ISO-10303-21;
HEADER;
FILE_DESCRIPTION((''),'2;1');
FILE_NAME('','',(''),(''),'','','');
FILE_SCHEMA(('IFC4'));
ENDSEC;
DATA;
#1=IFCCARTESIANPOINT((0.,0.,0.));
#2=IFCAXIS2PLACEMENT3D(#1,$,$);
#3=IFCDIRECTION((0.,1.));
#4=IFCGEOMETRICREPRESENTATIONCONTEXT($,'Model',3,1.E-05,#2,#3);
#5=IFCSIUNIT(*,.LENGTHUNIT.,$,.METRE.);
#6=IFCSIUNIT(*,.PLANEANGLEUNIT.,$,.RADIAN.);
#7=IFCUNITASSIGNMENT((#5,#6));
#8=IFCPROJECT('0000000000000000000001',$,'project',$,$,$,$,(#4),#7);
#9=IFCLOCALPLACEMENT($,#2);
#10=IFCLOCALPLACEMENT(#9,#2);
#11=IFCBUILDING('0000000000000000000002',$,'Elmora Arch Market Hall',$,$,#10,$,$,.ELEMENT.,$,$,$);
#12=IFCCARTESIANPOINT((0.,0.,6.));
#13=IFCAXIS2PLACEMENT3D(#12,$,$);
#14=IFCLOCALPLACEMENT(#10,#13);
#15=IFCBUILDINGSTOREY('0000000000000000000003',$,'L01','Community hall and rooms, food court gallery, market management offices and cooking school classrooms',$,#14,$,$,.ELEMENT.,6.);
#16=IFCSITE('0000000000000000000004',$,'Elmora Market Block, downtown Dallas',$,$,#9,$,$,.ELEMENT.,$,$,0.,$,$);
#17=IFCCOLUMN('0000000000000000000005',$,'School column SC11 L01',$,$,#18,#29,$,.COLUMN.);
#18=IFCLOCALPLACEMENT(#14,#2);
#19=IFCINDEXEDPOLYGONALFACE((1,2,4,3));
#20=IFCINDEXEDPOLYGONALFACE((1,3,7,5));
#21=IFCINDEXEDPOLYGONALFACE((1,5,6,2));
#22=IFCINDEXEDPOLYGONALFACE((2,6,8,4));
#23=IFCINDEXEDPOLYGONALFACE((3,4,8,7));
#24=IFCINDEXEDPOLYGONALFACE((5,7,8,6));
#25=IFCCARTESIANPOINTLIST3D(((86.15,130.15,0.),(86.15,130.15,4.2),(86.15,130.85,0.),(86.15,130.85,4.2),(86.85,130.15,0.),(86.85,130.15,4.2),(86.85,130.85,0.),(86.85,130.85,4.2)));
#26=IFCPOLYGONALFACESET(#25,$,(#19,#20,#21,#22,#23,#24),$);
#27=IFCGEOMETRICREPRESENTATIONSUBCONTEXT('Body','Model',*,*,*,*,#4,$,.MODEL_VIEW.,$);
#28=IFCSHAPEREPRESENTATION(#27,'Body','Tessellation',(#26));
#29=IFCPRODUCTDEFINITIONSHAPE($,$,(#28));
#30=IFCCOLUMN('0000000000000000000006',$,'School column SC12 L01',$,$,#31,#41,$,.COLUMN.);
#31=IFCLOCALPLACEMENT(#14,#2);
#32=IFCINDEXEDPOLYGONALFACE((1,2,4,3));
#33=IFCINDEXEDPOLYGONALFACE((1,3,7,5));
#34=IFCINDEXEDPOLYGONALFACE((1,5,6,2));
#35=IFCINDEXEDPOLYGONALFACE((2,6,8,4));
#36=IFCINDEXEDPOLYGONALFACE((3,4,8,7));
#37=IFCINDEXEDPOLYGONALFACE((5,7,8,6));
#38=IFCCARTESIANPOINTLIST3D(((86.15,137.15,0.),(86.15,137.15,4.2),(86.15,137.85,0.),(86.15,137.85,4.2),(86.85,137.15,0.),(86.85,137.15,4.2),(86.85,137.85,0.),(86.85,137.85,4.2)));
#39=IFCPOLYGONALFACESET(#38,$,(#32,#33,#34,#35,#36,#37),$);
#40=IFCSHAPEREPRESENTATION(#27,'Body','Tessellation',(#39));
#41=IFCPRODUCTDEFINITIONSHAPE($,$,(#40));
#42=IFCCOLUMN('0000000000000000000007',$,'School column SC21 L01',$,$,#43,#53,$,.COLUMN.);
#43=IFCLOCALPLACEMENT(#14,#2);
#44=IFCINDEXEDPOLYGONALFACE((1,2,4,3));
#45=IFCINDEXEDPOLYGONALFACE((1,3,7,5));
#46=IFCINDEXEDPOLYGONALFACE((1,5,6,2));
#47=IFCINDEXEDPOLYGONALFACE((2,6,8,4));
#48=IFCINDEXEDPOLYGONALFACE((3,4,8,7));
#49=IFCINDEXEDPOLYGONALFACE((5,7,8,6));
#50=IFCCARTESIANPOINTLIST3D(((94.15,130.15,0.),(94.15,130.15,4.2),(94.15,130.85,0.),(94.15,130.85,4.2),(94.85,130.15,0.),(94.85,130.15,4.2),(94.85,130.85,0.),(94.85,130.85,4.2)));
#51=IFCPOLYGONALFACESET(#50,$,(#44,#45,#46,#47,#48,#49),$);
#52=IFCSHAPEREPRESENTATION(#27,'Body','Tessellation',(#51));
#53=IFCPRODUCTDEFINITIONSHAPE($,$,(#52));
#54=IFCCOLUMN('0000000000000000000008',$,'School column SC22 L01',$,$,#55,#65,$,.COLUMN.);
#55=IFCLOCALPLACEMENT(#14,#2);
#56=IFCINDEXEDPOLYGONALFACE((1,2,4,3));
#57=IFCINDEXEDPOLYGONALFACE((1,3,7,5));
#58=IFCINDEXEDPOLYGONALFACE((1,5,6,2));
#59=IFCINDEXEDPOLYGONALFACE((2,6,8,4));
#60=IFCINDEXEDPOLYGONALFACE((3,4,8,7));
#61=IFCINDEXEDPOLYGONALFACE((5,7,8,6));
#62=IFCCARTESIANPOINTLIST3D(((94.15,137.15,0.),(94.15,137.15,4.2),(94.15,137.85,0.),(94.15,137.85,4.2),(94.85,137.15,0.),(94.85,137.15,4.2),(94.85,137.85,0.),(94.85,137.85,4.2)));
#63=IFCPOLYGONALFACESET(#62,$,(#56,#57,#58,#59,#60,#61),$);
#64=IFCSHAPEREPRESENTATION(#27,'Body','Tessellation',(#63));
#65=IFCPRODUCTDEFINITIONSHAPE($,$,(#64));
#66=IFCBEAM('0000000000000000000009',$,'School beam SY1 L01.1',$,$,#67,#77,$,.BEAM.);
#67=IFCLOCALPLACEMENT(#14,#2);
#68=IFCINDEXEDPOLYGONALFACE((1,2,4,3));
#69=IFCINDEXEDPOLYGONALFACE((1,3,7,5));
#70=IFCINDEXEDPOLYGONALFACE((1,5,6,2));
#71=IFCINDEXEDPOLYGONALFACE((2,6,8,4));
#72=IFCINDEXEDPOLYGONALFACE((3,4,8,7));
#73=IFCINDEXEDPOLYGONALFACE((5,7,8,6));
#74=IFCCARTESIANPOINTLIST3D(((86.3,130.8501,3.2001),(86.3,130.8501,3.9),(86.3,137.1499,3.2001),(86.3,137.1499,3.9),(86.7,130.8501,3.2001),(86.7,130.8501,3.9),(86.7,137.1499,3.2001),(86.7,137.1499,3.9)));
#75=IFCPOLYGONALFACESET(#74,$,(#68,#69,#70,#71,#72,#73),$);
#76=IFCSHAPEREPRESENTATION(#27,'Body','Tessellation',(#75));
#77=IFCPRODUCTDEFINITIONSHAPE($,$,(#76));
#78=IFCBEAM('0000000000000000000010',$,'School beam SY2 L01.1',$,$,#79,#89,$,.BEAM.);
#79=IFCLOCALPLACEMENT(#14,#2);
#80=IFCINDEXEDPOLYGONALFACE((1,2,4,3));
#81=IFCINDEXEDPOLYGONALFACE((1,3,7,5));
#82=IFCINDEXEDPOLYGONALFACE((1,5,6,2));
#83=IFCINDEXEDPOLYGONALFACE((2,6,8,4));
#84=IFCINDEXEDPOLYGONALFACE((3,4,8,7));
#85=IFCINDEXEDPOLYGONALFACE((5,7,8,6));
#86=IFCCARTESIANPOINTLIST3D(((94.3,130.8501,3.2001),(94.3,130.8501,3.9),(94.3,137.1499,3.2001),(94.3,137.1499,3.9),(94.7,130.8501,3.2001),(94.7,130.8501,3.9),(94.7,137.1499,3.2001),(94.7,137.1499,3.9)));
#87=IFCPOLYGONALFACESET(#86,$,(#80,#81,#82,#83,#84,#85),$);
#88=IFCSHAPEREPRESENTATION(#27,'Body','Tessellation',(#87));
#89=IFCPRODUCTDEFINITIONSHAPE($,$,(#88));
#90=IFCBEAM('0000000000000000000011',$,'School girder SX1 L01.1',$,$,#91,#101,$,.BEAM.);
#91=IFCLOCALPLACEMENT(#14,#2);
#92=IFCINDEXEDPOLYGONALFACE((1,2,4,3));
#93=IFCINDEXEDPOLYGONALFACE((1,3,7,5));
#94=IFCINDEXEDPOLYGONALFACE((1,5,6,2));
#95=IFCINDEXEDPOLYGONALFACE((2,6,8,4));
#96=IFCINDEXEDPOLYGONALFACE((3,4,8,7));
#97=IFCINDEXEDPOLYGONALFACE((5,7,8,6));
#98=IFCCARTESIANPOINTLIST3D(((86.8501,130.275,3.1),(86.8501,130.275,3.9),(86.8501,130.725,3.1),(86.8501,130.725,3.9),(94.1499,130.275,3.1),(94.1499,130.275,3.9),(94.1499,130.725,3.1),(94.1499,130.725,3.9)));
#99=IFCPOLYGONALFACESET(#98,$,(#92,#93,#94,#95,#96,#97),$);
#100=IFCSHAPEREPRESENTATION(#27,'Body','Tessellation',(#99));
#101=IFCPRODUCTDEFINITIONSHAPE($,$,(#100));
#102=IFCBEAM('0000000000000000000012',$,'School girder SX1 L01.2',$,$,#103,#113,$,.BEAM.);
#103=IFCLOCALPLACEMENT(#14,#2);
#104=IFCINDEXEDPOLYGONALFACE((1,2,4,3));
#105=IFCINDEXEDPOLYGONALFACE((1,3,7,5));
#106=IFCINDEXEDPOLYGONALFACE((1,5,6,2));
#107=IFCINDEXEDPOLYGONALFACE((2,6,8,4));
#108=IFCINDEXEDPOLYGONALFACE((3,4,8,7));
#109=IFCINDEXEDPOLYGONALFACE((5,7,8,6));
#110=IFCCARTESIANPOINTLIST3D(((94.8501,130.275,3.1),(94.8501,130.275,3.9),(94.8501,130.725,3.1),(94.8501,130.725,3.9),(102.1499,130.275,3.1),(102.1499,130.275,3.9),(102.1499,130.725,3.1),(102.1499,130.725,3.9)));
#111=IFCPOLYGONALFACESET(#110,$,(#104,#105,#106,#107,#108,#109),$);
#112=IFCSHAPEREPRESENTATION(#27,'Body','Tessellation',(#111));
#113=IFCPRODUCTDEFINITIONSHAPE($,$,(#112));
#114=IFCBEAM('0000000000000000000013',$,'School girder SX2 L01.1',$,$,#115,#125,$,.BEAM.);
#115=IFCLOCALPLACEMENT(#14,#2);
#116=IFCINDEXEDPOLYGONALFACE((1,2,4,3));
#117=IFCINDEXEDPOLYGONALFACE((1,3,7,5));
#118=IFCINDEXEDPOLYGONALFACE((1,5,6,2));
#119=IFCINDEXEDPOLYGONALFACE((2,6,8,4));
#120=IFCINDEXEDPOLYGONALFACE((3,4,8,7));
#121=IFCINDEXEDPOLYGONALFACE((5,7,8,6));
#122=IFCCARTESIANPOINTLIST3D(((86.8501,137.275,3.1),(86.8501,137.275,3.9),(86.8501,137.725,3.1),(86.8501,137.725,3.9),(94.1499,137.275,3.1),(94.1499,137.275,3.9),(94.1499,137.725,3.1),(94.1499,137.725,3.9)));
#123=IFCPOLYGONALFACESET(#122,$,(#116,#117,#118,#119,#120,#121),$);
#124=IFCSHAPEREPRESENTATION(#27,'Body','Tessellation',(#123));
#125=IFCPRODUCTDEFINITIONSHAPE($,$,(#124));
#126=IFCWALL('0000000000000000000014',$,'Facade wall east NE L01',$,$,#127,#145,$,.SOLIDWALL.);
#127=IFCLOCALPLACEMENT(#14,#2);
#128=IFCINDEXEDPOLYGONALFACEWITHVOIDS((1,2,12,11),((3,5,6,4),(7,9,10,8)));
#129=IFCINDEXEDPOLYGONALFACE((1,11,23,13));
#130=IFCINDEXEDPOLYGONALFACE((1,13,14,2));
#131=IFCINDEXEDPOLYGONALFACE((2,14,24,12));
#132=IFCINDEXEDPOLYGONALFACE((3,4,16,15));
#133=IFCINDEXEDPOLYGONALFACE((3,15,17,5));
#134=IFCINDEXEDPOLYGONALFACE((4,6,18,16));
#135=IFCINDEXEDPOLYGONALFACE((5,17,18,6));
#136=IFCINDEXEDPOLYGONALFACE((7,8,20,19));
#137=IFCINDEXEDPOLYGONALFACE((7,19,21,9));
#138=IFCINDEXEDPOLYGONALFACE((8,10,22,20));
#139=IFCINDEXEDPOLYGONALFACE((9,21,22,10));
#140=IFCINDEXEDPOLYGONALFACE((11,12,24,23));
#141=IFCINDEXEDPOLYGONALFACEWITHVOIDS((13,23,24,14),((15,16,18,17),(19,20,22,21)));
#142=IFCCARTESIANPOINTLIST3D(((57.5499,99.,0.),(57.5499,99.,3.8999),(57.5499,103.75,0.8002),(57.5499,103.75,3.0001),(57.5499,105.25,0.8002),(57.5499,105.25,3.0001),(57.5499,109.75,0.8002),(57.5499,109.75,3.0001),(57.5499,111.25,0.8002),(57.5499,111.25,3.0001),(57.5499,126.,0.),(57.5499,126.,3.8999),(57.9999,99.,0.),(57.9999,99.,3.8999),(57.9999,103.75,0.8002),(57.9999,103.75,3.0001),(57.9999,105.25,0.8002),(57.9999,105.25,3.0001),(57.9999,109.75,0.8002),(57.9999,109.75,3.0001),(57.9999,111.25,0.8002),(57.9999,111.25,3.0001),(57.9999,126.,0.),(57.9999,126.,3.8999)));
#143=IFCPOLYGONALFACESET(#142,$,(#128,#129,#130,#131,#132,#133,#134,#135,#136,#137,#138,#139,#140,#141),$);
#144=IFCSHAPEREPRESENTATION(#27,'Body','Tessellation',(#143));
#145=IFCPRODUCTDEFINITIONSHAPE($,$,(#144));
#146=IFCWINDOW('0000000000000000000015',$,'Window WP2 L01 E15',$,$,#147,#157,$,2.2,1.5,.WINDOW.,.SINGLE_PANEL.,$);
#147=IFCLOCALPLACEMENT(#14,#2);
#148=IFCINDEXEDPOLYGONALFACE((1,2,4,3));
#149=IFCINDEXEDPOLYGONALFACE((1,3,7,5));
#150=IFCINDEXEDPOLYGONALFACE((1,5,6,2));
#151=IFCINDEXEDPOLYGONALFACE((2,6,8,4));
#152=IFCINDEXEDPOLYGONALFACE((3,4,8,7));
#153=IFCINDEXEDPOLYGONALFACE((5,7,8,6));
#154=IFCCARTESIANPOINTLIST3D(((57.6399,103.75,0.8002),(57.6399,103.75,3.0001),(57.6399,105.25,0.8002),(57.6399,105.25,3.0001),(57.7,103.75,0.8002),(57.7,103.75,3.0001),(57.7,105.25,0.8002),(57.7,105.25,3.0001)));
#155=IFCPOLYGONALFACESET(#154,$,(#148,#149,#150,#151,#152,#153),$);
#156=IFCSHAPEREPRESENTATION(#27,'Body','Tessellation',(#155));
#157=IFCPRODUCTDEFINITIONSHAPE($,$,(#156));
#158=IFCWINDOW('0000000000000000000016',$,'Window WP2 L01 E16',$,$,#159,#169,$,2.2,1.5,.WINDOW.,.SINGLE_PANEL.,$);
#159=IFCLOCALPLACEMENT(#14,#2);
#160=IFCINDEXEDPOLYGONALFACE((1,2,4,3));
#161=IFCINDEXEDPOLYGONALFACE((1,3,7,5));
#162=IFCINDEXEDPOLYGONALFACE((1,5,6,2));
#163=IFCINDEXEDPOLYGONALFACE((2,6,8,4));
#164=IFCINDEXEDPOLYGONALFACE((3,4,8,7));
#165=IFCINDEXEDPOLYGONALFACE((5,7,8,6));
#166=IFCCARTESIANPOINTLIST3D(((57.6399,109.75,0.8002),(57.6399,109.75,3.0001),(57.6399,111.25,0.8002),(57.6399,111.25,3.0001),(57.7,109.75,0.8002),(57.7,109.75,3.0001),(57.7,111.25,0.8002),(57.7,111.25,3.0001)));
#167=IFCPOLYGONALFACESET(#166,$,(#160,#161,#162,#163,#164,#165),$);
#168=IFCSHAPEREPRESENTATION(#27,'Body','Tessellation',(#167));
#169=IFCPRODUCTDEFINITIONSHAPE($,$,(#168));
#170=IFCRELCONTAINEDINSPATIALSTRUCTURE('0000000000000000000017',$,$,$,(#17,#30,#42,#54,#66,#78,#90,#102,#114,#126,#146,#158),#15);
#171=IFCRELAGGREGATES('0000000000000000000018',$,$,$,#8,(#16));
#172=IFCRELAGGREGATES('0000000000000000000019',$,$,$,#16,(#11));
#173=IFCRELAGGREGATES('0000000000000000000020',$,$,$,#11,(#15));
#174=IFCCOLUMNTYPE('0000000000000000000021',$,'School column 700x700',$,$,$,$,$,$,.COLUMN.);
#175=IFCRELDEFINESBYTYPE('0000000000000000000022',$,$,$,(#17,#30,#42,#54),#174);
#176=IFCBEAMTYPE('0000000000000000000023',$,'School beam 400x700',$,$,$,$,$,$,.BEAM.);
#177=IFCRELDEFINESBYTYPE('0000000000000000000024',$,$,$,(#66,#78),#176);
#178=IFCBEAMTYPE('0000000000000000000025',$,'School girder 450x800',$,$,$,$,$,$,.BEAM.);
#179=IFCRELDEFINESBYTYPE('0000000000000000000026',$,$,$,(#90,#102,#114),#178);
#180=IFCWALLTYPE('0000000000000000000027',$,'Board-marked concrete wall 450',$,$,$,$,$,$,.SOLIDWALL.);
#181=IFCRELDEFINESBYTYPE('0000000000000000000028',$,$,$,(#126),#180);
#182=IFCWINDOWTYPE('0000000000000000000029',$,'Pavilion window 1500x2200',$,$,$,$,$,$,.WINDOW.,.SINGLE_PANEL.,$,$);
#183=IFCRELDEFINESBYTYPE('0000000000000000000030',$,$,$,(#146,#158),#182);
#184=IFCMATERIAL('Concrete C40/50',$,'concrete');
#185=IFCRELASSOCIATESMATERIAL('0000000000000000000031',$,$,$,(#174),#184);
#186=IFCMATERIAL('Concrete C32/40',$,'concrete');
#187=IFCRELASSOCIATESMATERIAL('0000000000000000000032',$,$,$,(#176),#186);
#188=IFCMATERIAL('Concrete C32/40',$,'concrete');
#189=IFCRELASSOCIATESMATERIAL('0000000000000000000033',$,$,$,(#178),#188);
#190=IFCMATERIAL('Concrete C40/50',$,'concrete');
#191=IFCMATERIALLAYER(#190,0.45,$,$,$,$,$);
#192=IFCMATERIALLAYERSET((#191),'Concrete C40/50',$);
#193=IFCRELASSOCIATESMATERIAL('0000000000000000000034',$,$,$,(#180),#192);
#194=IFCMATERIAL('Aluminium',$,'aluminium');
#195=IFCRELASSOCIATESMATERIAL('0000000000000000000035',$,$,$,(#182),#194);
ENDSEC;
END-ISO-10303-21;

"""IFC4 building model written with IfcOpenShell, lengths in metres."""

from ifc_helpers import new_model, si_unit, direction, frame, frame_2d, origin, origin_2d, place, context, subcontext, project, spatial, rectangle, extrude, material, layer, layer_set, material_profile, profile_set, type_object, element, fill, save


model = new_model("IFC4")

# Units and contexts
model_context = context("Model", 3, precision=1e-05, world=origin(), true_north=direction((0.0, 1.0)))
body_context = subcontext(model_context, "Body", "Model", "MODEL_VIEW")
ifc_project = project(units=[si_unit("LENGTHUNIT", "METRE"), si_unit("PLANEANGLEUNIT", "RADIAN")], contexts=[model_context])

# Site, building, storey
site_placement = place(None, origin())
site = spatial("IfcSite", under=ifc_project, at=site_placement, Name="Elmora Market Block, downtown Dallas", CompositionType="ELEMENT", RefElevation=0.0)
building_placement = place(site_placement, origin())
building = spatial("IfcBuilding", under=site, at=building_placement, Name="Elmora Arch Market Hall", CompositionType="ELEMENT")
storey_placement = place(building_placement, frame((0.0, 0.0, 6.0)))
storey = spatial("IfcBuildingStorey", under=building, at=storey_placement, Name="L01", Description="Community hall and rooms, food court gallery, market management offices and cooking school classrooms", CompositionType="ELEMENT", Elevation=6.0)

# Columns
ifc_material_1 = material(Name="Concrete C40/50", Category="concrete")
ifc_material_profile_1 = material_profile(ifc_material_1, rectangle(XDim=0.7, YDim=0.7, at=origin_2d()), Name="School column 700x700")
ifc_profile_set_1 = profile_set([ifc_material_profile_1], Name="Concrete C40/50")
column_type = type_object("IfcColumnType", Name="School column 700x700", PredefinedType="COLUMN", material=ifc_profile_set_1)
for number, where, z_axis, x_axis, name in (
    (1, (86.5, 130.5, 0.0), (0.0, 0.0, 1.0), (1.0, 0.0, 0.0), "School column SC11 L01"),
    (2, (86.5, 137.5, 0.0), (0.0, 0.0, 1.0), (1.0, 0.0, 0.0), "School column SC12 L01"),
    (3, (94.5, 130.5, 0.0), (0.0, 0.0, 1.0), (1.0, 0.0, 0.0), "School column SC21 L01"),
    (4, (94.5, 137.5, 0.0), (0.0, 0.0, 1.0), (1.0, 0.0, 0.0), "School column SC22 L01"),
):
    element("IfcColumn", number, at=place(storey_placement, frame(where, z_axis=z_axis, x_axis=x_axis)), inside=storey, type_object=column_type, Name=name, PredefinedType="COLUMN", context=body_context, shape_type="SweptSolid", body=[
        extrude(rectangle(XDim=0.7, YDim=0.7, at=origin_2d()), origin(), (0.0, 0.0, 1.0), 4.2),
    ])

# Beams
ifc_material_2 = material(Name="Concrete C32/40", Category="concrete")
ifc_material_profile_2 = material_profile(ifc_material_2, rectangle(XDim=0.3999, YDim=0.7, at=origin_2d()), Name="School beam 400x700")
ifc_profile_set_2 = profile_set([ifc_material_profile_2], Name="Concrete C32/40")
beam_type_1 = type_object("IfcBeamType", Name="School beam 400x700", PredefinedType="BEAM", material=ifc_profile_set_2)
for number, where, z_axis, x_axis, name in (
    (5, (86.5, 130.8501, 3.55), (0.0, 1.0, 0.0), (-1.0, 0.0, 0.0), "School beam SY1 L01.1"),
    (6, (94.5, 130.8501, 3.55), (0.0, 1.0, 0.0), (-1.0, 0.0, 0.0), "School beam SY2 L01.1"),
):
    element("IfcBeam", number, at=place(storey_placement, frame(where, z_axis=z_axis, x_axis=x_axis)), inside=storey, type_object=beam_type_1, Name=name, PredefinedType="BEAM", context=body_context, shape_type="SweptSolid", body=[
        extrude(rectangle(XDim=0.3999, YDim=0.7, at=origin_2d()), origin(), (0.0, 0.0, 1.0), 6.2998),
    ])
ifc_material_3 = material(Name="Concrete C32/40", Category="concrete")
ifc_material_profile_3 = material_profile(ifc_material_3, rectangle(XDim=0.45, YDim=0.8, at=origin_2d()), Name="School girder 450x800")
ifc_profile_set_3 = profile_set([ifc_material_profile_3], Name="Concrete C32/40")
beam_type_2 = type_object("IfcBeamType", Name="School girder 450x800", PredefinedType="BEAM", material=ifc_profile_set_3)
for number, where, z_axis, x_axis, name in (
    (7, (86.8501, 130.5, 3.5), (1.0, 0.0, 0.0), (0.0, 1.0, 0.0), "School girder SX1 L01.1"),
    (8, (94.8501, 130.5, 3.5), (1.0, 0.0, 0.0), (0.0, 1.0, 0.0), "School girder SX1 L01.2"),
    (9, (86.8501, 137.5, 3.5), (1.0, 0.0, 0.0), (0.0, 1.0, 0.0), "School girder SX2 L01.1"),
):
    element("IfcBeam", number, at=place(storey_placement, frame(where, z_axis=z_axis, x_axis=x_axis)), inside=storey, type_object=beam_type_2, Name=name, PredefinedType="BEAM", context=body_context, shape_type="SweptSolid", body=[
        extrude(rectangle(XDim=0.45, YDim=0.8, at=origin_2d()), origin(), (0.0, 0.0, 1.0), 7.2998),
    ])

# Wall, openings, windows
ifc_material_4 = material(Name="Concrete C40/50", Category="concrete")
ifc_layer_1 = layer(ifc_material_4, 0.45)
ifc_layer_set_1 = layer_set([ifc_layer_1], Name="Concrete C40/50")
wall_type_1 = type_object("IfcWallType", Name="Board-marked concrete wall 450", PredefinedType="SOLIDWALL", material=ifc_layer_set_1)
wall_1_placement = place(storey_placement, frame((57.7749, 126.0, 0.0), z_axis=(0.0, 0.0, 1.0), x_axis=(0.0, -1.0, 0.0)))
wall_1 = element("IfcWall", 10, at=wall_1_placement, inside=storey, type_object=wall_type_1, Name="Facade wall east NE L01", PredefinedType="SOLIDWALL", context=body_context, shape_type="SweptSolid", body=[
    extrude(rectangle(XDim=27.0, YDim=0.45, at=frame_2d((13.5, 0.0))), origin(), (0.0, 0.0, 1.0), 3.8999),
])
opening_1_placement = place(wall_1_placement, frame((20.75, 0.0, 0.8)))
opening_1 = element("IfcOpeningElement", 11, at=opening_1_placement, cuts=wall_1, PredefinedType="OPENING", context=body_context, shape_type="SweptSolid", body=[
    extrude(rectangle(XDim=1.5, YDim=2.2, at=frame_2d((0.75, 1.1001))), frame((0.0, 0.2349, 0.0), z_axis=(0.0, -1.0, 0.0), x_axis=(1.0, 0.0, 0.0)), (0.0, 0.0, 1.0), 0.47),
])
opening_2_placement = place(wall_1_placement, frame((14.75, 0.0, 0.8)))
opening_2 = element("IfcOpeningElement", 12, at=opening_2_placement, cuts=wall_1, PredefinedType="OPENING", context=body_context, shape_type="SweptSolid", body=[
    extrude(rectangle(XDim=1.5, YDim=2.2, at=frame_2d((0.75, 1.1001))), frame((0.0, 0.2349, 0.0), z_axis=(0.0, -1.0, 0.0), x_axis=(1.0, 0.0, 0.0)), (0.0, 0.0, 1.0), 0.47),
])
ifc_material_5 = material(Name="Aluminium", Category="aluminium")
window_type_1 = type_object("IfcWindowType", Name="Pavilion window 1500x2200", PartitioningType="SINGLE_PANEL", PredefinedType="WINDOW", material=ifc_material_5)
window_1_placement = place(opening_1_placement, origin())
window_1 = element("IfcWindow", 13, at=window_1_placement, inside=storey, type_object=window_type_1, Name="Window WP2 L01 E15", OverallHeight=2.2, OverallWidth=1.5, PartitioningType="SINGLE_PANEL", PredefinedType="WINDOW", context=body_context, shape_type="SweptSolid", body=[
    extrude(rectangle(XDim=1.5, YDim=2.2, at=frame_2d((0.75, 1.1001))), frame((0.0, -0.075, 0.0), z_axis=(0.0, -1.0, 0.0), x_axis=(1.0, 0.0, 0.0)), (0.0, 0.0, 1.0), 0.0601),
])
fill(opening_1, window_1)
window_2_placement = place(opening_2_placement, origin())
window_2 = element("IfcWindow", 14, at=window_2_placement, inside=storey, type_object=window_type_1, Name="Window WP2 L01 E16", OverallHeight=2.2, OverallWidth=1.5, PartitioningType="SINGLE_PANEL", PredefinedType="WINDOW", context=body_context, shape_type="SweptSolid", body=[
    extrude(rectangle(XDim=1.5, YDim=2.2, at=frame_2d((0.75, 1.1001))), frame((0.0, -0.075, 0.0), z_axis=(0.0, -1.0, 0.0), x_axis=(1.0, 0.0, 0.0)), (0.0, 0.0, 1.0), 0.0601),
])
fill(opening_2, window_2)

save(model, "model.ifc")
